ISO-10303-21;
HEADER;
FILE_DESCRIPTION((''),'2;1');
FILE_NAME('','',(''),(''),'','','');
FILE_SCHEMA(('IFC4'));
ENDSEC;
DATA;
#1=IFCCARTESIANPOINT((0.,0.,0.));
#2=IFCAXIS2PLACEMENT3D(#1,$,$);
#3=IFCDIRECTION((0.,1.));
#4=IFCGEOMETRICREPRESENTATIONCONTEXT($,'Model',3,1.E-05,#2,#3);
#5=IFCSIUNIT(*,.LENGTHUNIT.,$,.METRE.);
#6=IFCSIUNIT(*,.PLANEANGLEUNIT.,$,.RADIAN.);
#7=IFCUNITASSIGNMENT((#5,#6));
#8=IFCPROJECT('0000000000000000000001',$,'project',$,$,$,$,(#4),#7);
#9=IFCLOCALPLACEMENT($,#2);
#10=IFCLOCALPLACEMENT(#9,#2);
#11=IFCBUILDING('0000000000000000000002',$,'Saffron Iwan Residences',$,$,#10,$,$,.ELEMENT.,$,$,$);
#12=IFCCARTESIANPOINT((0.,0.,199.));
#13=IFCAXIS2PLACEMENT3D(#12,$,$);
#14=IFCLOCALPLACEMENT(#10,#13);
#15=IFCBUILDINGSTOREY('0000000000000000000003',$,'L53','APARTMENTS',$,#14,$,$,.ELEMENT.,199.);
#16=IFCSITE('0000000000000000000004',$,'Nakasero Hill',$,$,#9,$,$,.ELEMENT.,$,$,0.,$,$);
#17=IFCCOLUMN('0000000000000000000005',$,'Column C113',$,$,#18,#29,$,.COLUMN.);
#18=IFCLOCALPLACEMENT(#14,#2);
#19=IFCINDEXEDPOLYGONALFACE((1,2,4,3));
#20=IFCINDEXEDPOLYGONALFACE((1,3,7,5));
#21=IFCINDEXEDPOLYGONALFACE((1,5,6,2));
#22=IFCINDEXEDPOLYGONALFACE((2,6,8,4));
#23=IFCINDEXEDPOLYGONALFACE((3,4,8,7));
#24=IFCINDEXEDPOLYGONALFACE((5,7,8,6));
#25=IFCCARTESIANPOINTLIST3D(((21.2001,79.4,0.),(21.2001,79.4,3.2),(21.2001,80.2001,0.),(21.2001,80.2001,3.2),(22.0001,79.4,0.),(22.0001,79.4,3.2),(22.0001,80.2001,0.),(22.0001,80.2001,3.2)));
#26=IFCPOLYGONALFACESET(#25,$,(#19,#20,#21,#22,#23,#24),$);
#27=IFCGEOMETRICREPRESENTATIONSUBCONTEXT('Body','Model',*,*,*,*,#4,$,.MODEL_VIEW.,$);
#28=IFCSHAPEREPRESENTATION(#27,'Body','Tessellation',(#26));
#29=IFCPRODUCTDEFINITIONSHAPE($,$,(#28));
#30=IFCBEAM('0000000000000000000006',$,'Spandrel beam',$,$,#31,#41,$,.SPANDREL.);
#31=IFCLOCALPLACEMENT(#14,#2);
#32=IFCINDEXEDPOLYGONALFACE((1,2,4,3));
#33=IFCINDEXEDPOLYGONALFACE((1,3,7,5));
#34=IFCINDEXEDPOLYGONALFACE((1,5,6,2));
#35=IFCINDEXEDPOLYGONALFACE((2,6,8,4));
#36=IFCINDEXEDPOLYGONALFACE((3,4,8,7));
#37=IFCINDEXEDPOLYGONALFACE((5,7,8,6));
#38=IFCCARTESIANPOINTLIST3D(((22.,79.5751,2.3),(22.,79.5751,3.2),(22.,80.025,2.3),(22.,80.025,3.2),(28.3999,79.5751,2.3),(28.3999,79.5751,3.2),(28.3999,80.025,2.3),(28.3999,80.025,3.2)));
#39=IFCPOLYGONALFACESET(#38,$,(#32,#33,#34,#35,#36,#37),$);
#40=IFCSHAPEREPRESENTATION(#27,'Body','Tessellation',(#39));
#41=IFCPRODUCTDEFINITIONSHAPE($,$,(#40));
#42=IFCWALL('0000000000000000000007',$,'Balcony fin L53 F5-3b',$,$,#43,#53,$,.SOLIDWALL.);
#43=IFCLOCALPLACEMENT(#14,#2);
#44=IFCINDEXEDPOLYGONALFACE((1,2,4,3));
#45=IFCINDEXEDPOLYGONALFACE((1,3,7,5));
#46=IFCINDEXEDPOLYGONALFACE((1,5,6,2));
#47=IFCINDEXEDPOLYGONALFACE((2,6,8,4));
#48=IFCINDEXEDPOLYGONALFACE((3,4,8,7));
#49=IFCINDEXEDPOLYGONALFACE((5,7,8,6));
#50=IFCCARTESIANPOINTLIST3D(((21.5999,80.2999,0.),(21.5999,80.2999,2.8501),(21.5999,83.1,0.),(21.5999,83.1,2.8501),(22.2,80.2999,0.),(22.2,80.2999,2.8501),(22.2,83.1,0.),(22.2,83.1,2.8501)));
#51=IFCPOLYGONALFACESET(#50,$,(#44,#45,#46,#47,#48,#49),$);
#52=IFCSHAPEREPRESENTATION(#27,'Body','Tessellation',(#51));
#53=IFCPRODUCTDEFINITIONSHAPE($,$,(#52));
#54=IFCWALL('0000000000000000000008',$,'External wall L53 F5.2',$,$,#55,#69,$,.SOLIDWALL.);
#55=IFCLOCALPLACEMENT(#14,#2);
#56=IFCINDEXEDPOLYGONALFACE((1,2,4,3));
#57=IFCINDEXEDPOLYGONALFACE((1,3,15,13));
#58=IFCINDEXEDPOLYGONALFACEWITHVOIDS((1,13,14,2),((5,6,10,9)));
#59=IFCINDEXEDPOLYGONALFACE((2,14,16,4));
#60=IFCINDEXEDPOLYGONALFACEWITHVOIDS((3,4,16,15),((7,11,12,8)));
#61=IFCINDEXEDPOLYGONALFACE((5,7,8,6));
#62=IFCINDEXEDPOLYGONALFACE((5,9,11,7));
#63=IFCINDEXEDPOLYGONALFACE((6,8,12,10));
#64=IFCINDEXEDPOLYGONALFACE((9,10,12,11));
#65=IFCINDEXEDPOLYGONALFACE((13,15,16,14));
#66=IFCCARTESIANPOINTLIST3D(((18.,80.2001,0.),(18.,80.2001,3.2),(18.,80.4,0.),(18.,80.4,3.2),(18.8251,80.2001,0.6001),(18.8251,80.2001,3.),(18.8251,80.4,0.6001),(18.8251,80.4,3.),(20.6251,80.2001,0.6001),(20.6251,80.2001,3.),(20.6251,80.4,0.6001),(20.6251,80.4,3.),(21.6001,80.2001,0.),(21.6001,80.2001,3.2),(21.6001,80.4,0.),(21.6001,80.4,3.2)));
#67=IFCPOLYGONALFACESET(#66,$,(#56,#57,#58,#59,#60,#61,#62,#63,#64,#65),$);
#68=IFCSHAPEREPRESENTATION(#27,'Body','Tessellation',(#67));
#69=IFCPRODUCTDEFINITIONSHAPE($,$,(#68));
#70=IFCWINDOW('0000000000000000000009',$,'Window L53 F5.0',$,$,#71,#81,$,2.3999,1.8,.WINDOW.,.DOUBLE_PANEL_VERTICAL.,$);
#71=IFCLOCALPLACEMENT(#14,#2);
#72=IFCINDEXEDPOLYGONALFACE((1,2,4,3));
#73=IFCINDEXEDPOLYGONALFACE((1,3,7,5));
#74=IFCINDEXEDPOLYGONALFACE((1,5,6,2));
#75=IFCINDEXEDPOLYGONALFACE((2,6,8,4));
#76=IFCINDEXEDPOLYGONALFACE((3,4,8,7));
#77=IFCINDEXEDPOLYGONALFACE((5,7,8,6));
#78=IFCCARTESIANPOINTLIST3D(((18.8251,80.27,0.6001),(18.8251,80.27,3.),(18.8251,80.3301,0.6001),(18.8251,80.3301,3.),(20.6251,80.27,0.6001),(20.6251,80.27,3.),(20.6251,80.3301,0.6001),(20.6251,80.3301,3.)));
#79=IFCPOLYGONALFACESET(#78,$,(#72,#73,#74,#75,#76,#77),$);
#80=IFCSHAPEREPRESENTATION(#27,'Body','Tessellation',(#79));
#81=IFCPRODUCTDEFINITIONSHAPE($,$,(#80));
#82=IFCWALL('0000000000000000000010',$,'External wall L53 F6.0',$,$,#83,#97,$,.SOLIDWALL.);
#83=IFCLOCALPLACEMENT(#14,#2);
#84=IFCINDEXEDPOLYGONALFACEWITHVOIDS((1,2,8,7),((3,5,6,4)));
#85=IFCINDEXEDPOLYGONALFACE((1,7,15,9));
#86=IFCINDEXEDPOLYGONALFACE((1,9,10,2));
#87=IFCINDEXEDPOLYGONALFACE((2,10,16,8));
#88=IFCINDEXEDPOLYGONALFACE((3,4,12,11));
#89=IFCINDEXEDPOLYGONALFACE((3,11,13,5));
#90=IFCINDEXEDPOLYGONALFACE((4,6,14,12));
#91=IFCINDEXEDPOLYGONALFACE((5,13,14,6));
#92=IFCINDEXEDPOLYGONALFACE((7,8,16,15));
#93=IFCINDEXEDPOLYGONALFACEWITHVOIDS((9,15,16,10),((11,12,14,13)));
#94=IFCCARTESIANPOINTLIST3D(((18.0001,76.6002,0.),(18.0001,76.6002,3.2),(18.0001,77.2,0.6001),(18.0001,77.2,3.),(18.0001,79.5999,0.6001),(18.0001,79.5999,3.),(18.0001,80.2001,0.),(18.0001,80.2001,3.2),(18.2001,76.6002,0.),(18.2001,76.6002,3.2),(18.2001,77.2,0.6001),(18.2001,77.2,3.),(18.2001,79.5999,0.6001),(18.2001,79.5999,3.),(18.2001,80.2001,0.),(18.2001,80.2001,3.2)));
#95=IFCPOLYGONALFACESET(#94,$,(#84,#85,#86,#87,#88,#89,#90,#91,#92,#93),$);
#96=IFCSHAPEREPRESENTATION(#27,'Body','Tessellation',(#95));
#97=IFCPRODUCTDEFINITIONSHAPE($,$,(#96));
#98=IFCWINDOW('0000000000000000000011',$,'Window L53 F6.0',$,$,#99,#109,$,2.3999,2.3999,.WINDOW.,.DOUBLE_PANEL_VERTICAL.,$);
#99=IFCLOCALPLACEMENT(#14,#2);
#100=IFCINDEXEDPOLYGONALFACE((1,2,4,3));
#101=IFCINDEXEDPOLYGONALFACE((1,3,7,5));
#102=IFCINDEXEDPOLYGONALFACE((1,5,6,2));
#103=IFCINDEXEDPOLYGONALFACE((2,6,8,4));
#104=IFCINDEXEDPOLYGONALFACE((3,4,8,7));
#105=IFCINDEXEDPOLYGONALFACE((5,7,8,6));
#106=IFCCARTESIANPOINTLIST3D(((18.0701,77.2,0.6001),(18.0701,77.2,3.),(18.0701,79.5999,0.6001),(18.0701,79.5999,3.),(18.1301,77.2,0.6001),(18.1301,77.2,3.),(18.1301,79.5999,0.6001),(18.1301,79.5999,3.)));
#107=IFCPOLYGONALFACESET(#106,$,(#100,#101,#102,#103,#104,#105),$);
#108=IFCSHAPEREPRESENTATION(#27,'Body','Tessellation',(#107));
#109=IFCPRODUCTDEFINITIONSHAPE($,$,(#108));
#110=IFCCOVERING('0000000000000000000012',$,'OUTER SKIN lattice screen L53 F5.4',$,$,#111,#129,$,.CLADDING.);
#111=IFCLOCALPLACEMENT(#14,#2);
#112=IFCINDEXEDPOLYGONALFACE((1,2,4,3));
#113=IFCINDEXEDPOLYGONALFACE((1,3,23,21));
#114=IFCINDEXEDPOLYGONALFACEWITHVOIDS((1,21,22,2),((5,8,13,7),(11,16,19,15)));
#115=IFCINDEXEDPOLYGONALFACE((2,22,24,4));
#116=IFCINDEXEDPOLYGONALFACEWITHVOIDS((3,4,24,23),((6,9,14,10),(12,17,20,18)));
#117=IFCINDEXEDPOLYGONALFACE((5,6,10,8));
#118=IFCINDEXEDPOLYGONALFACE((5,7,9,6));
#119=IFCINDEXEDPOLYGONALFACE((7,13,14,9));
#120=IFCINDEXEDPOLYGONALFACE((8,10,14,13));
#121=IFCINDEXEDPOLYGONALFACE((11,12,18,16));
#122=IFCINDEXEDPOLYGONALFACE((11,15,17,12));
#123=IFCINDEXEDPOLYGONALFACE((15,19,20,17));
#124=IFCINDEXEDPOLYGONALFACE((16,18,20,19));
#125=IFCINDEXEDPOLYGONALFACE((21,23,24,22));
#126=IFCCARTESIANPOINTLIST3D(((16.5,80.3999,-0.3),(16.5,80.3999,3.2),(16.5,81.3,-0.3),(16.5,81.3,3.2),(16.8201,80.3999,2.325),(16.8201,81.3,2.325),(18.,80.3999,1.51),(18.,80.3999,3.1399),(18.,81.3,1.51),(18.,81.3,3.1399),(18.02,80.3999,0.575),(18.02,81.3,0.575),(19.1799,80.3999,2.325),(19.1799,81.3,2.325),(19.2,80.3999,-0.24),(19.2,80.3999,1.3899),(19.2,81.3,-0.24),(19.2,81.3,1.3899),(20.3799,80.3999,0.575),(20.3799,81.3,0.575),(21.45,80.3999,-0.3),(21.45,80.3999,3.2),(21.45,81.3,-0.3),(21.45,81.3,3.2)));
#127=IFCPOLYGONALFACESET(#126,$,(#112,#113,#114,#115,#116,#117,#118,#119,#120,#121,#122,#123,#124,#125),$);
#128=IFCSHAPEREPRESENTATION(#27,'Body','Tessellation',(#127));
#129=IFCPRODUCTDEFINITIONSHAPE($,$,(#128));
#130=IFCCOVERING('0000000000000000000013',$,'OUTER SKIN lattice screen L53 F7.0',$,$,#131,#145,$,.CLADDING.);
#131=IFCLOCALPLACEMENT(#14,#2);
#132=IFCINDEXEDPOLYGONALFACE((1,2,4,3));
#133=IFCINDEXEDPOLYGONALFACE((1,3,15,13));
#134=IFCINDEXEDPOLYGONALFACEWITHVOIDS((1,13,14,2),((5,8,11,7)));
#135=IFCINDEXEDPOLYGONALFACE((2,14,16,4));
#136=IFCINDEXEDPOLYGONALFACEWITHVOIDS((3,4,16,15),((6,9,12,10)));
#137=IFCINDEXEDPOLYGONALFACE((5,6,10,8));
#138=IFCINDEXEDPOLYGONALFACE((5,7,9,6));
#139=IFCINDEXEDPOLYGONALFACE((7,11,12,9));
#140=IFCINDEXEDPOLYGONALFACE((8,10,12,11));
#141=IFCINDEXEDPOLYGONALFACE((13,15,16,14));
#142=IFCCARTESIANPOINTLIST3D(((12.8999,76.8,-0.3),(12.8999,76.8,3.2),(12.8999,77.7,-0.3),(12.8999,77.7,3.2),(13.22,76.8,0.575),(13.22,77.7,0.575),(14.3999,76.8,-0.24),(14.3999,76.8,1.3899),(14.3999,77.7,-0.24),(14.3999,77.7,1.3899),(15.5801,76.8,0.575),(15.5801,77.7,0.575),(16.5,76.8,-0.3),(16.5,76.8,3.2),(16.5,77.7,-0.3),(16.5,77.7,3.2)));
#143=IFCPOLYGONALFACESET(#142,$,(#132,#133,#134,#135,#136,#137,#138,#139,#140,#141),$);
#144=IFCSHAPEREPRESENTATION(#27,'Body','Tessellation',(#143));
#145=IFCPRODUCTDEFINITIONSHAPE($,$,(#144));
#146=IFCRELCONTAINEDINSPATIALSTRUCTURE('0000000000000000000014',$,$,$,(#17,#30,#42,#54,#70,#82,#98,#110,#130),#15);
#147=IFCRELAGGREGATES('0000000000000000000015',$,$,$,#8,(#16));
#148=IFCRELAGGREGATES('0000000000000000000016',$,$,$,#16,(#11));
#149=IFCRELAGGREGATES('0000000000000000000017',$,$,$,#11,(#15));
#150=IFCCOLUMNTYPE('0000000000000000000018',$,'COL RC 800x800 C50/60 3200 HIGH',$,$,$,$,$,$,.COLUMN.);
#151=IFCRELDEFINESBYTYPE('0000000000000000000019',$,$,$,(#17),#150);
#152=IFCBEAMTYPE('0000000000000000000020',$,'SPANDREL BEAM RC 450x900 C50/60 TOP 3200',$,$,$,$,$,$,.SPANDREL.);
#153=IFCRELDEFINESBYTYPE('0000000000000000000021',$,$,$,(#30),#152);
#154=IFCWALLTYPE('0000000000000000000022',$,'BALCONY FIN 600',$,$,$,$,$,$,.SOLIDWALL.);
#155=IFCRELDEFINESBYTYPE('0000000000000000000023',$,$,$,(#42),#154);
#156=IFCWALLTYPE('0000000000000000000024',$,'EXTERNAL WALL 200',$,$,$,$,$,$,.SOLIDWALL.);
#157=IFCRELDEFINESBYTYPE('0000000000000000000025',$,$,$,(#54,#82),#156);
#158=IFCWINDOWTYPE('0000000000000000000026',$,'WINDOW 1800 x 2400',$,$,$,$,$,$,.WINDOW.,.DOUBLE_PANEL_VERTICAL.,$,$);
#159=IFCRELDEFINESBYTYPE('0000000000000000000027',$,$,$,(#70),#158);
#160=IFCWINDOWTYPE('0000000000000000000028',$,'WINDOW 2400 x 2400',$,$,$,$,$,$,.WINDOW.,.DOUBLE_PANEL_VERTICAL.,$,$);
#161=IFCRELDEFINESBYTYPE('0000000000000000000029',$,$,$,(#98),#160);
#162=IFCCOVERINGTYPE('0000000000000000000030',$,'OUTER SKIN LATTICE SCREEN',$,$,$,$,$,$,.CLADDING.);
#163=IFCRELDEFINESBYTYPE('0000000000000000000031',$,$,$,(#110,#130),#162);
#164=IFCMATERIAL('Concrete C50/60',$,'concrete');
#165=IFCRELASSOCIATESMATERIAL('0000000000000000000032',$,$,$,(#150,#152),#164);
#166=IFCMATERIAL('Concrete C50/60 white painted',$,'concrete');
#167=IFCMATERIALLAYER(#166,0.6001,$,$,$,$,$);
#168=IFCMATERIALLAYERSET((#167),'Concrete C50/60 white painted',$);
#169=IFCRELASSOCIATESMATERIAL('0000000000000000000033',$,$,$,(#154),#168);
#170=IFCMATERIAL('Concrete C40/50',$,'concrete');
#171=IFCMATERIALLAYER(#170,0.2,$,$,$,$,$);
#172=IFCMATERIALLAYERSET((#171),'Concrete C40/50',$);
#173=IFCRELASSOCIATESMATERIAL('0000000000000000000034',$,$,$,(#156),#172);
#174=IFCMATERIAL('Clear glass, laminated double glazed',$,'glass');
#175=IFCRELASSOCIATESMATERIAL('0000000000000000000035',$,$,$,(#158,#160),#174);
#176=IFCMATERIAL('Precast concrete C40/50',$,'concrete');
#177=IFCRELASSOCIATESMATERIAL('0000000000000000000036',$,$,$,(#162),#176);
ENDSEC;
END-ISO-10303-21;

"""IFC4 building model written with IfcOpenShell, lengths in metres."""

from ifc_helpers import new_model, si_unit, direction, frame, frame_2d, origin, origin_2d, place, context, subcontext, project, spatial, polyline, rectangle, outline, extrude, source, transform, mapped, material, layer, layer_set, material_profile, profile_set, type_object, element, fill, save


model = new_model("IFC4")

# Units and contexts
model_context = context("Model", 3, precision=1e-05, world=origin(), true_north=direction((0.0, 1.0)))
body_context = subcontext(model_context, "Body", "Model", "MODEL_VIEW")
ifc_project = project(units=[si_unit("LENGTHUNIT", "METRE"), si_unit("PLANEANGLEUNIT", "RADIAN")], contexts=[model_context])

# Site, building, storey
site_placement = place(None, origin())
site = spatial("IfcSite", under=ifc_project, at=site_placement, Name="Nakasero Hill", CompositionType="ELEMENT", RefElevation=0.0)
building_placement = place(site_placement, origin())
building = spatial("IfcBuilding", under=site, at=building_placement, Name="Saffron Iwan Residences", CompositionType="ELEMENT")
storey_placement = place(building_placement, frame((0.0, 0.0, 199.0)))
storey = spatial("IfcBuildingStorey", under=building, at=storey_placement, Name="L53", Description="APARTMENTS", CompositionType="ELEMENT", Elevation=199.0)

# Column
ifc_material_1 = material(Name="Concrete C50/60", Category="concrete")
ifc_material_profile_1 = material_profile(ifc_material_1, rectangle(XDim=0.8, YDim=0.8, at=origin_2d()), Name="RC 800x800")
ifc_profile_set_1 = profile_set([ifc_material_profile_1], Name="Concrete C50/60")
column_type = type_object("IfcColumnType", Name="COL RC 800x800 C50/60 3200 HIGH", PredefinedType="COLUMN", material=ifc_profile_set_1)
shared_shape_1 = source(origin(), body_context, "Body", "SweptSolid", [
    extrude(rectangle(XDim=0.8, YDim=0.8, at=origin_2d()), origin(), (0.0, 0.0, 1.0), 3.2),
])
column_placement = place(storey_placement, frame((21.6001, 79.8, 0.0), z_axis=(0.0, 0.0, 1.0), x_axis=(1.0, 0.0, 0.0)))
element("IfcColumn", 1, at=column_placement, inside=storey, type_object=column_type, Name="Column C113", PredefinedType="COLUMN", context=body_context, shape_type="MappedRepresentation", body=[
    mapped(shared_shape_1, transform((0.0, 0.0, 0.0))),
])

# Beam
ifc_material_profile_2 = material_profile(ifc_material_1, rectangle(XDim=0.45, YDim=0.8999, at=origin_2d()), Name="RC 450x900")
ifc_profile_set_2 = profile_set([ifc_material_profile_2], Name="Concrete C50/60")
beam_type = type_object("IfcBeamType", Name="SPANDREL BEAM RC 450x900 C50/60 TOP 3200", PredefinedType="SPANDREL", material=ifc_profile_set_2)
shared_shape_2 = source(origin(), body_context, "Body", "SweptSolid", [
    extrude(rectangle(XDim=0.45, YDim=0.8999, at=origin_2d()), origin(), (0.0, 0.0, 1.0), 6.3999),
])
beam_placement = place(storey_placement, frame((22.0, 79.8, 2.75), z_axis=(1.0, 0.0, 0.0), x_axis=(0.0, 1.0, 0.0)))
element("IfcBeam", 2, at=beam_placement, inside=storey, type_object=beam_type, Name="Spandrel beam", PredefinedType="SPANDREL", context=body_context, shape_type="MappedRepresentation", body=[
    mapped(shared_shape_2, transform((0.0, 0.0, 0.0))),
])

# Wall
ifc_material_2 = material(Name="Concrete C50/60 white painted", Category="concrete")
ifc_layer_1 = layer(ifc_material_2, 0.6001)
ifc_layer_set_1 = layer_set([ifc_layer_1], Name="Concrete C50/60 white painted")
wall_type_1 = type_object("IfcWallType", Name="BALCONY FIN 600", PredefinedType="SOLIDWALL", material=ifc_layer_set_1)
wall_1_placement = place(storey_placement, frame((21.8999, 80.3, 0.0), z_axis=(0.0, 0.0, 1.0), x_axis=(0.0, 1.0, 0.0)))
element("IfcWall", 3, at=wall_1_placement, inside=storey, type_object=wall_type_1, Name="Balcony fin L53 F5-3b", PredefinedType="SOLIDWALL", context=body_context, shape_type="SweptSolid", body=[
    extrude(rectangle(XDim=2.8, YDim=0.6001, at=frame_2d((1.3999, 0.0))), origin(), (0.0, 0.0, 1.0), 2.8501),
])

# Walls, openings, windows
ifc_material_3 = material(Name="Concrete C40/50", Category="concrete")
ifc_layer_2 = layer(ifc_material_3, 0.2)
ifc_layer_set_2 = layer_set([ifc_layer_2], Name="Concrete C40/50")
wall_type_2 = type_object("IfcWallType", Name="EXTERNAL WALL 200", PredefinedType="SOLIDWALL", material=ifc_layer_set_2)
wall_2_placement = place(storey_placement, frame((21.6001, 80.3, 0.0), z_axis=(0.0, 0.0, 1.0), x_axis=(-1.0, 0.0, 0.0)))
wall_2 = element("IfcWall", 4, at=wall_2_placement, inside=storey, type_object=wall_type_2, Name="External wall L53 F5.2", PredefinedType="SOLIDWALL", context=body_context, shape_type="SweptSolid", body=[
    extrude(rectangle(XDim=3.6001, YDim=0.2, at=frame_2d((1.8, 0.0))), origin(), (0.0, 0.0, 1.0), 3.2),
])
opening_1_placement = place(wall_2_placement, frame((0.9751, 0.0, 0.6001)))
opening_1 = element("IfcOpeningElement", 5, at=opening_1_placement, cuts=wall_2, PredefinedType="OPENING", context=body_context, shape_type="SweptSolid", body=[
    extrude(rectangle(XDim=1.8, YDim=2.3999, at=frame_2d((0.8999, 1.2))), frame((0.0, 0.1099, 0.0), z_axis=(0.0, -1.0, 0.0), x_axis=(1.0, 0.0, 0.0)), (0.0, 0.0, 1.0), 0.22),
])
ifc_material_4 = material(Name="Clear glass, laminated double glazed", Category="glass")
window_type_1 = type_object("IfcWindowType", Name="WINDOW 1800 x 2400", PartitioningType="DOUBLE_PANEL_VERTICAL", PredefinedType="WINDOW", material=ifc_material_4)
window_1_placement = place(opening_1_placement, origin())
window_1 = element("IfcWindow", 6, at=window_1_placement, inside=storey, type_object=window_type_1, Name="Window L53 F5.0", OverallHeight=2.3999, OverallWidth=1.8, PartitioningType="DOUBLE_PANEL_VERTICAL", PredefinedType="WINDOW", context=body_context, shape_type="SweptSolid", body=[
    extrude(rectangle(XDim=1.8, YDim=2.3999, at=frame_2d((0.8999, 1.2))), frame((0.0, 0.03, 0.0), z_axis=(0.0, -1.0, 0.0), x_axis=(1.0, 0.0, 0.0)), (0.0, 0.0, 1.0), 0.0601),
])
fill(opening_1, window_1)
wall_3_placement = place(storey_placement, frame((18.1001, 80.2, 0.0), z_axis=(0.0, 0.0, 1.0), x_axis=(0.0, -1.0, 0.0)))
wall_3 = element("IfcWall", 7, at=wall_3_placement, inside=storey, type_object=wall_type_2, Name="External wall L53 F6.0", PredefinedType="SOLIDWALL", context=body_context, shape_type="SweptSolid", body=[
    extrude(rectangle(XDim=3.5999, YDim=0.2, at=frame_2d((1.7998, 0.0))), origin(), (0.0, 0.0, 1.0), 3.2),
])
opening_2_placement = place(wall_3_placement, frame((0.6001, 0.0, 0.6001)))
opening_2 = element("IfcOpeningElement", 8, at=opening_2_placement, cuts=wall_3, PredefinedType="OPENING", context=body_context, shape_type="SweptSolid", body=[
    extrude(rectangle(XDim=2.3999, YDim=2.3999, at=frame_2d((1.2, 1.2))), frame((0.0, 0.1099, 0.0), z_axis=(0.0, -1.0, 0.0), x_axis=(1.0, 0.0, 0.0)), (0.0, 0.0, 1.0), 0.22),
])
window_type_2 = type_object("IfcWindowType", Name="WINDOW 2400 x 2400", PartitioningType="DOUBLE_PANEL_VERTICAL", PredefinedType="WINDOW", material=ifc_material_4)
window_2_placement = place(opening_2_placement, origin())
window_2 = element("IfcWindow", 9, at=window_2_placement, inside=storey, type_object=window_type_2, Name="Window L53 F6.0", OverallHeight=2.3999, OverallWidth=2.3999, PartitioningType="DOUBLE_PANEL_VERTICAL", PredefinedType="WINDOW", context=body_context, shape_type="SweptSolid", body=[
    extrude(rectangle(XDim=2.3999, YDim=2.3999, at=frame_2d((1.2, 1.2))), frame((0.0, 0.03, 0.0), z_axis=(0.0, -1.0, 0.0), x_axis=(1.0, 0.0, 0.0)), (0.0, 0.0, 1.0), 0.0601),
])
fill(opening_2, window_2)

# Coverings
ifc_material_5 = material(Name="Precast concrete C40/50", Category="concrete")
covering_type_1 = type_object("IfcCoveringType", Name="OUTER SKIN LATTICE SCREEN", PredefinedType="CLADDING", material=ifc_material_5)
covering_1_placement = place(storey_placement, frame((21.45, 80.3999, -0.3), z_axis=(0.0, 1.0, 0.0), x_axis=(-1.0, 0.0, 0.0)))
element("IfcCovering", 10, at=covering_1_placement, inside=storey, type_object=covering_type_1, Name="OUTER SKIN lattice screen L53 F5.4", PredefinedType="CLADDING", context=body_context, shape_type="SweptSolid", body=[
    extrude(outline(polyline([(0.0, 0.0), (4.95, 0.0), (4.95, 3.5), (0.0, 3.5), (0.0, 0.0)]), holes=[polyline([(1.0701, 0.875), (2.25, 0.0601), (3.4299, 0.875), (2.25, 1.6899), (1.0701, 0.875)]), polyline([(2.27, 2.625), (3.45, 1.8101), (4.6299, 2.625), (3.45, 3.4399), (2.27, 2.625)])]), origin(), (0.0, 0.0, 1.0), 0.9001),
])
covering_2_placement = place(storey_placement, frame((16.5, 76.8, -0.3), z_axis=(0.0, 1.0, 0.0), x_axis=(-1.0, 0.0, 0.0)))
element("IfcCovering", 11, at=covering_2_placement, inside=storey, type_object=covering_type_1, Name="OUTER SKIN lattice screen L53 F7.0", PredefinedType="CLADDING", context=body_context, shape_type="SweptSolid", body=[
    extrude(outline(polyline([(0.0, 0.0), (3.6001, 0.0), (3.6001, 3.5), (0.0, 3.5), (0.0, 0.0)]), holes=[polyline([(0.9199, 0.875), (2.1001, 0.0601), (3.28, 0.875), (2.1001, 1.6899), (0.9199, 0.875)])]), origin(), (0.0, 0.0, 1.0), 0.8999),
])

save(model, "model.ifc")
